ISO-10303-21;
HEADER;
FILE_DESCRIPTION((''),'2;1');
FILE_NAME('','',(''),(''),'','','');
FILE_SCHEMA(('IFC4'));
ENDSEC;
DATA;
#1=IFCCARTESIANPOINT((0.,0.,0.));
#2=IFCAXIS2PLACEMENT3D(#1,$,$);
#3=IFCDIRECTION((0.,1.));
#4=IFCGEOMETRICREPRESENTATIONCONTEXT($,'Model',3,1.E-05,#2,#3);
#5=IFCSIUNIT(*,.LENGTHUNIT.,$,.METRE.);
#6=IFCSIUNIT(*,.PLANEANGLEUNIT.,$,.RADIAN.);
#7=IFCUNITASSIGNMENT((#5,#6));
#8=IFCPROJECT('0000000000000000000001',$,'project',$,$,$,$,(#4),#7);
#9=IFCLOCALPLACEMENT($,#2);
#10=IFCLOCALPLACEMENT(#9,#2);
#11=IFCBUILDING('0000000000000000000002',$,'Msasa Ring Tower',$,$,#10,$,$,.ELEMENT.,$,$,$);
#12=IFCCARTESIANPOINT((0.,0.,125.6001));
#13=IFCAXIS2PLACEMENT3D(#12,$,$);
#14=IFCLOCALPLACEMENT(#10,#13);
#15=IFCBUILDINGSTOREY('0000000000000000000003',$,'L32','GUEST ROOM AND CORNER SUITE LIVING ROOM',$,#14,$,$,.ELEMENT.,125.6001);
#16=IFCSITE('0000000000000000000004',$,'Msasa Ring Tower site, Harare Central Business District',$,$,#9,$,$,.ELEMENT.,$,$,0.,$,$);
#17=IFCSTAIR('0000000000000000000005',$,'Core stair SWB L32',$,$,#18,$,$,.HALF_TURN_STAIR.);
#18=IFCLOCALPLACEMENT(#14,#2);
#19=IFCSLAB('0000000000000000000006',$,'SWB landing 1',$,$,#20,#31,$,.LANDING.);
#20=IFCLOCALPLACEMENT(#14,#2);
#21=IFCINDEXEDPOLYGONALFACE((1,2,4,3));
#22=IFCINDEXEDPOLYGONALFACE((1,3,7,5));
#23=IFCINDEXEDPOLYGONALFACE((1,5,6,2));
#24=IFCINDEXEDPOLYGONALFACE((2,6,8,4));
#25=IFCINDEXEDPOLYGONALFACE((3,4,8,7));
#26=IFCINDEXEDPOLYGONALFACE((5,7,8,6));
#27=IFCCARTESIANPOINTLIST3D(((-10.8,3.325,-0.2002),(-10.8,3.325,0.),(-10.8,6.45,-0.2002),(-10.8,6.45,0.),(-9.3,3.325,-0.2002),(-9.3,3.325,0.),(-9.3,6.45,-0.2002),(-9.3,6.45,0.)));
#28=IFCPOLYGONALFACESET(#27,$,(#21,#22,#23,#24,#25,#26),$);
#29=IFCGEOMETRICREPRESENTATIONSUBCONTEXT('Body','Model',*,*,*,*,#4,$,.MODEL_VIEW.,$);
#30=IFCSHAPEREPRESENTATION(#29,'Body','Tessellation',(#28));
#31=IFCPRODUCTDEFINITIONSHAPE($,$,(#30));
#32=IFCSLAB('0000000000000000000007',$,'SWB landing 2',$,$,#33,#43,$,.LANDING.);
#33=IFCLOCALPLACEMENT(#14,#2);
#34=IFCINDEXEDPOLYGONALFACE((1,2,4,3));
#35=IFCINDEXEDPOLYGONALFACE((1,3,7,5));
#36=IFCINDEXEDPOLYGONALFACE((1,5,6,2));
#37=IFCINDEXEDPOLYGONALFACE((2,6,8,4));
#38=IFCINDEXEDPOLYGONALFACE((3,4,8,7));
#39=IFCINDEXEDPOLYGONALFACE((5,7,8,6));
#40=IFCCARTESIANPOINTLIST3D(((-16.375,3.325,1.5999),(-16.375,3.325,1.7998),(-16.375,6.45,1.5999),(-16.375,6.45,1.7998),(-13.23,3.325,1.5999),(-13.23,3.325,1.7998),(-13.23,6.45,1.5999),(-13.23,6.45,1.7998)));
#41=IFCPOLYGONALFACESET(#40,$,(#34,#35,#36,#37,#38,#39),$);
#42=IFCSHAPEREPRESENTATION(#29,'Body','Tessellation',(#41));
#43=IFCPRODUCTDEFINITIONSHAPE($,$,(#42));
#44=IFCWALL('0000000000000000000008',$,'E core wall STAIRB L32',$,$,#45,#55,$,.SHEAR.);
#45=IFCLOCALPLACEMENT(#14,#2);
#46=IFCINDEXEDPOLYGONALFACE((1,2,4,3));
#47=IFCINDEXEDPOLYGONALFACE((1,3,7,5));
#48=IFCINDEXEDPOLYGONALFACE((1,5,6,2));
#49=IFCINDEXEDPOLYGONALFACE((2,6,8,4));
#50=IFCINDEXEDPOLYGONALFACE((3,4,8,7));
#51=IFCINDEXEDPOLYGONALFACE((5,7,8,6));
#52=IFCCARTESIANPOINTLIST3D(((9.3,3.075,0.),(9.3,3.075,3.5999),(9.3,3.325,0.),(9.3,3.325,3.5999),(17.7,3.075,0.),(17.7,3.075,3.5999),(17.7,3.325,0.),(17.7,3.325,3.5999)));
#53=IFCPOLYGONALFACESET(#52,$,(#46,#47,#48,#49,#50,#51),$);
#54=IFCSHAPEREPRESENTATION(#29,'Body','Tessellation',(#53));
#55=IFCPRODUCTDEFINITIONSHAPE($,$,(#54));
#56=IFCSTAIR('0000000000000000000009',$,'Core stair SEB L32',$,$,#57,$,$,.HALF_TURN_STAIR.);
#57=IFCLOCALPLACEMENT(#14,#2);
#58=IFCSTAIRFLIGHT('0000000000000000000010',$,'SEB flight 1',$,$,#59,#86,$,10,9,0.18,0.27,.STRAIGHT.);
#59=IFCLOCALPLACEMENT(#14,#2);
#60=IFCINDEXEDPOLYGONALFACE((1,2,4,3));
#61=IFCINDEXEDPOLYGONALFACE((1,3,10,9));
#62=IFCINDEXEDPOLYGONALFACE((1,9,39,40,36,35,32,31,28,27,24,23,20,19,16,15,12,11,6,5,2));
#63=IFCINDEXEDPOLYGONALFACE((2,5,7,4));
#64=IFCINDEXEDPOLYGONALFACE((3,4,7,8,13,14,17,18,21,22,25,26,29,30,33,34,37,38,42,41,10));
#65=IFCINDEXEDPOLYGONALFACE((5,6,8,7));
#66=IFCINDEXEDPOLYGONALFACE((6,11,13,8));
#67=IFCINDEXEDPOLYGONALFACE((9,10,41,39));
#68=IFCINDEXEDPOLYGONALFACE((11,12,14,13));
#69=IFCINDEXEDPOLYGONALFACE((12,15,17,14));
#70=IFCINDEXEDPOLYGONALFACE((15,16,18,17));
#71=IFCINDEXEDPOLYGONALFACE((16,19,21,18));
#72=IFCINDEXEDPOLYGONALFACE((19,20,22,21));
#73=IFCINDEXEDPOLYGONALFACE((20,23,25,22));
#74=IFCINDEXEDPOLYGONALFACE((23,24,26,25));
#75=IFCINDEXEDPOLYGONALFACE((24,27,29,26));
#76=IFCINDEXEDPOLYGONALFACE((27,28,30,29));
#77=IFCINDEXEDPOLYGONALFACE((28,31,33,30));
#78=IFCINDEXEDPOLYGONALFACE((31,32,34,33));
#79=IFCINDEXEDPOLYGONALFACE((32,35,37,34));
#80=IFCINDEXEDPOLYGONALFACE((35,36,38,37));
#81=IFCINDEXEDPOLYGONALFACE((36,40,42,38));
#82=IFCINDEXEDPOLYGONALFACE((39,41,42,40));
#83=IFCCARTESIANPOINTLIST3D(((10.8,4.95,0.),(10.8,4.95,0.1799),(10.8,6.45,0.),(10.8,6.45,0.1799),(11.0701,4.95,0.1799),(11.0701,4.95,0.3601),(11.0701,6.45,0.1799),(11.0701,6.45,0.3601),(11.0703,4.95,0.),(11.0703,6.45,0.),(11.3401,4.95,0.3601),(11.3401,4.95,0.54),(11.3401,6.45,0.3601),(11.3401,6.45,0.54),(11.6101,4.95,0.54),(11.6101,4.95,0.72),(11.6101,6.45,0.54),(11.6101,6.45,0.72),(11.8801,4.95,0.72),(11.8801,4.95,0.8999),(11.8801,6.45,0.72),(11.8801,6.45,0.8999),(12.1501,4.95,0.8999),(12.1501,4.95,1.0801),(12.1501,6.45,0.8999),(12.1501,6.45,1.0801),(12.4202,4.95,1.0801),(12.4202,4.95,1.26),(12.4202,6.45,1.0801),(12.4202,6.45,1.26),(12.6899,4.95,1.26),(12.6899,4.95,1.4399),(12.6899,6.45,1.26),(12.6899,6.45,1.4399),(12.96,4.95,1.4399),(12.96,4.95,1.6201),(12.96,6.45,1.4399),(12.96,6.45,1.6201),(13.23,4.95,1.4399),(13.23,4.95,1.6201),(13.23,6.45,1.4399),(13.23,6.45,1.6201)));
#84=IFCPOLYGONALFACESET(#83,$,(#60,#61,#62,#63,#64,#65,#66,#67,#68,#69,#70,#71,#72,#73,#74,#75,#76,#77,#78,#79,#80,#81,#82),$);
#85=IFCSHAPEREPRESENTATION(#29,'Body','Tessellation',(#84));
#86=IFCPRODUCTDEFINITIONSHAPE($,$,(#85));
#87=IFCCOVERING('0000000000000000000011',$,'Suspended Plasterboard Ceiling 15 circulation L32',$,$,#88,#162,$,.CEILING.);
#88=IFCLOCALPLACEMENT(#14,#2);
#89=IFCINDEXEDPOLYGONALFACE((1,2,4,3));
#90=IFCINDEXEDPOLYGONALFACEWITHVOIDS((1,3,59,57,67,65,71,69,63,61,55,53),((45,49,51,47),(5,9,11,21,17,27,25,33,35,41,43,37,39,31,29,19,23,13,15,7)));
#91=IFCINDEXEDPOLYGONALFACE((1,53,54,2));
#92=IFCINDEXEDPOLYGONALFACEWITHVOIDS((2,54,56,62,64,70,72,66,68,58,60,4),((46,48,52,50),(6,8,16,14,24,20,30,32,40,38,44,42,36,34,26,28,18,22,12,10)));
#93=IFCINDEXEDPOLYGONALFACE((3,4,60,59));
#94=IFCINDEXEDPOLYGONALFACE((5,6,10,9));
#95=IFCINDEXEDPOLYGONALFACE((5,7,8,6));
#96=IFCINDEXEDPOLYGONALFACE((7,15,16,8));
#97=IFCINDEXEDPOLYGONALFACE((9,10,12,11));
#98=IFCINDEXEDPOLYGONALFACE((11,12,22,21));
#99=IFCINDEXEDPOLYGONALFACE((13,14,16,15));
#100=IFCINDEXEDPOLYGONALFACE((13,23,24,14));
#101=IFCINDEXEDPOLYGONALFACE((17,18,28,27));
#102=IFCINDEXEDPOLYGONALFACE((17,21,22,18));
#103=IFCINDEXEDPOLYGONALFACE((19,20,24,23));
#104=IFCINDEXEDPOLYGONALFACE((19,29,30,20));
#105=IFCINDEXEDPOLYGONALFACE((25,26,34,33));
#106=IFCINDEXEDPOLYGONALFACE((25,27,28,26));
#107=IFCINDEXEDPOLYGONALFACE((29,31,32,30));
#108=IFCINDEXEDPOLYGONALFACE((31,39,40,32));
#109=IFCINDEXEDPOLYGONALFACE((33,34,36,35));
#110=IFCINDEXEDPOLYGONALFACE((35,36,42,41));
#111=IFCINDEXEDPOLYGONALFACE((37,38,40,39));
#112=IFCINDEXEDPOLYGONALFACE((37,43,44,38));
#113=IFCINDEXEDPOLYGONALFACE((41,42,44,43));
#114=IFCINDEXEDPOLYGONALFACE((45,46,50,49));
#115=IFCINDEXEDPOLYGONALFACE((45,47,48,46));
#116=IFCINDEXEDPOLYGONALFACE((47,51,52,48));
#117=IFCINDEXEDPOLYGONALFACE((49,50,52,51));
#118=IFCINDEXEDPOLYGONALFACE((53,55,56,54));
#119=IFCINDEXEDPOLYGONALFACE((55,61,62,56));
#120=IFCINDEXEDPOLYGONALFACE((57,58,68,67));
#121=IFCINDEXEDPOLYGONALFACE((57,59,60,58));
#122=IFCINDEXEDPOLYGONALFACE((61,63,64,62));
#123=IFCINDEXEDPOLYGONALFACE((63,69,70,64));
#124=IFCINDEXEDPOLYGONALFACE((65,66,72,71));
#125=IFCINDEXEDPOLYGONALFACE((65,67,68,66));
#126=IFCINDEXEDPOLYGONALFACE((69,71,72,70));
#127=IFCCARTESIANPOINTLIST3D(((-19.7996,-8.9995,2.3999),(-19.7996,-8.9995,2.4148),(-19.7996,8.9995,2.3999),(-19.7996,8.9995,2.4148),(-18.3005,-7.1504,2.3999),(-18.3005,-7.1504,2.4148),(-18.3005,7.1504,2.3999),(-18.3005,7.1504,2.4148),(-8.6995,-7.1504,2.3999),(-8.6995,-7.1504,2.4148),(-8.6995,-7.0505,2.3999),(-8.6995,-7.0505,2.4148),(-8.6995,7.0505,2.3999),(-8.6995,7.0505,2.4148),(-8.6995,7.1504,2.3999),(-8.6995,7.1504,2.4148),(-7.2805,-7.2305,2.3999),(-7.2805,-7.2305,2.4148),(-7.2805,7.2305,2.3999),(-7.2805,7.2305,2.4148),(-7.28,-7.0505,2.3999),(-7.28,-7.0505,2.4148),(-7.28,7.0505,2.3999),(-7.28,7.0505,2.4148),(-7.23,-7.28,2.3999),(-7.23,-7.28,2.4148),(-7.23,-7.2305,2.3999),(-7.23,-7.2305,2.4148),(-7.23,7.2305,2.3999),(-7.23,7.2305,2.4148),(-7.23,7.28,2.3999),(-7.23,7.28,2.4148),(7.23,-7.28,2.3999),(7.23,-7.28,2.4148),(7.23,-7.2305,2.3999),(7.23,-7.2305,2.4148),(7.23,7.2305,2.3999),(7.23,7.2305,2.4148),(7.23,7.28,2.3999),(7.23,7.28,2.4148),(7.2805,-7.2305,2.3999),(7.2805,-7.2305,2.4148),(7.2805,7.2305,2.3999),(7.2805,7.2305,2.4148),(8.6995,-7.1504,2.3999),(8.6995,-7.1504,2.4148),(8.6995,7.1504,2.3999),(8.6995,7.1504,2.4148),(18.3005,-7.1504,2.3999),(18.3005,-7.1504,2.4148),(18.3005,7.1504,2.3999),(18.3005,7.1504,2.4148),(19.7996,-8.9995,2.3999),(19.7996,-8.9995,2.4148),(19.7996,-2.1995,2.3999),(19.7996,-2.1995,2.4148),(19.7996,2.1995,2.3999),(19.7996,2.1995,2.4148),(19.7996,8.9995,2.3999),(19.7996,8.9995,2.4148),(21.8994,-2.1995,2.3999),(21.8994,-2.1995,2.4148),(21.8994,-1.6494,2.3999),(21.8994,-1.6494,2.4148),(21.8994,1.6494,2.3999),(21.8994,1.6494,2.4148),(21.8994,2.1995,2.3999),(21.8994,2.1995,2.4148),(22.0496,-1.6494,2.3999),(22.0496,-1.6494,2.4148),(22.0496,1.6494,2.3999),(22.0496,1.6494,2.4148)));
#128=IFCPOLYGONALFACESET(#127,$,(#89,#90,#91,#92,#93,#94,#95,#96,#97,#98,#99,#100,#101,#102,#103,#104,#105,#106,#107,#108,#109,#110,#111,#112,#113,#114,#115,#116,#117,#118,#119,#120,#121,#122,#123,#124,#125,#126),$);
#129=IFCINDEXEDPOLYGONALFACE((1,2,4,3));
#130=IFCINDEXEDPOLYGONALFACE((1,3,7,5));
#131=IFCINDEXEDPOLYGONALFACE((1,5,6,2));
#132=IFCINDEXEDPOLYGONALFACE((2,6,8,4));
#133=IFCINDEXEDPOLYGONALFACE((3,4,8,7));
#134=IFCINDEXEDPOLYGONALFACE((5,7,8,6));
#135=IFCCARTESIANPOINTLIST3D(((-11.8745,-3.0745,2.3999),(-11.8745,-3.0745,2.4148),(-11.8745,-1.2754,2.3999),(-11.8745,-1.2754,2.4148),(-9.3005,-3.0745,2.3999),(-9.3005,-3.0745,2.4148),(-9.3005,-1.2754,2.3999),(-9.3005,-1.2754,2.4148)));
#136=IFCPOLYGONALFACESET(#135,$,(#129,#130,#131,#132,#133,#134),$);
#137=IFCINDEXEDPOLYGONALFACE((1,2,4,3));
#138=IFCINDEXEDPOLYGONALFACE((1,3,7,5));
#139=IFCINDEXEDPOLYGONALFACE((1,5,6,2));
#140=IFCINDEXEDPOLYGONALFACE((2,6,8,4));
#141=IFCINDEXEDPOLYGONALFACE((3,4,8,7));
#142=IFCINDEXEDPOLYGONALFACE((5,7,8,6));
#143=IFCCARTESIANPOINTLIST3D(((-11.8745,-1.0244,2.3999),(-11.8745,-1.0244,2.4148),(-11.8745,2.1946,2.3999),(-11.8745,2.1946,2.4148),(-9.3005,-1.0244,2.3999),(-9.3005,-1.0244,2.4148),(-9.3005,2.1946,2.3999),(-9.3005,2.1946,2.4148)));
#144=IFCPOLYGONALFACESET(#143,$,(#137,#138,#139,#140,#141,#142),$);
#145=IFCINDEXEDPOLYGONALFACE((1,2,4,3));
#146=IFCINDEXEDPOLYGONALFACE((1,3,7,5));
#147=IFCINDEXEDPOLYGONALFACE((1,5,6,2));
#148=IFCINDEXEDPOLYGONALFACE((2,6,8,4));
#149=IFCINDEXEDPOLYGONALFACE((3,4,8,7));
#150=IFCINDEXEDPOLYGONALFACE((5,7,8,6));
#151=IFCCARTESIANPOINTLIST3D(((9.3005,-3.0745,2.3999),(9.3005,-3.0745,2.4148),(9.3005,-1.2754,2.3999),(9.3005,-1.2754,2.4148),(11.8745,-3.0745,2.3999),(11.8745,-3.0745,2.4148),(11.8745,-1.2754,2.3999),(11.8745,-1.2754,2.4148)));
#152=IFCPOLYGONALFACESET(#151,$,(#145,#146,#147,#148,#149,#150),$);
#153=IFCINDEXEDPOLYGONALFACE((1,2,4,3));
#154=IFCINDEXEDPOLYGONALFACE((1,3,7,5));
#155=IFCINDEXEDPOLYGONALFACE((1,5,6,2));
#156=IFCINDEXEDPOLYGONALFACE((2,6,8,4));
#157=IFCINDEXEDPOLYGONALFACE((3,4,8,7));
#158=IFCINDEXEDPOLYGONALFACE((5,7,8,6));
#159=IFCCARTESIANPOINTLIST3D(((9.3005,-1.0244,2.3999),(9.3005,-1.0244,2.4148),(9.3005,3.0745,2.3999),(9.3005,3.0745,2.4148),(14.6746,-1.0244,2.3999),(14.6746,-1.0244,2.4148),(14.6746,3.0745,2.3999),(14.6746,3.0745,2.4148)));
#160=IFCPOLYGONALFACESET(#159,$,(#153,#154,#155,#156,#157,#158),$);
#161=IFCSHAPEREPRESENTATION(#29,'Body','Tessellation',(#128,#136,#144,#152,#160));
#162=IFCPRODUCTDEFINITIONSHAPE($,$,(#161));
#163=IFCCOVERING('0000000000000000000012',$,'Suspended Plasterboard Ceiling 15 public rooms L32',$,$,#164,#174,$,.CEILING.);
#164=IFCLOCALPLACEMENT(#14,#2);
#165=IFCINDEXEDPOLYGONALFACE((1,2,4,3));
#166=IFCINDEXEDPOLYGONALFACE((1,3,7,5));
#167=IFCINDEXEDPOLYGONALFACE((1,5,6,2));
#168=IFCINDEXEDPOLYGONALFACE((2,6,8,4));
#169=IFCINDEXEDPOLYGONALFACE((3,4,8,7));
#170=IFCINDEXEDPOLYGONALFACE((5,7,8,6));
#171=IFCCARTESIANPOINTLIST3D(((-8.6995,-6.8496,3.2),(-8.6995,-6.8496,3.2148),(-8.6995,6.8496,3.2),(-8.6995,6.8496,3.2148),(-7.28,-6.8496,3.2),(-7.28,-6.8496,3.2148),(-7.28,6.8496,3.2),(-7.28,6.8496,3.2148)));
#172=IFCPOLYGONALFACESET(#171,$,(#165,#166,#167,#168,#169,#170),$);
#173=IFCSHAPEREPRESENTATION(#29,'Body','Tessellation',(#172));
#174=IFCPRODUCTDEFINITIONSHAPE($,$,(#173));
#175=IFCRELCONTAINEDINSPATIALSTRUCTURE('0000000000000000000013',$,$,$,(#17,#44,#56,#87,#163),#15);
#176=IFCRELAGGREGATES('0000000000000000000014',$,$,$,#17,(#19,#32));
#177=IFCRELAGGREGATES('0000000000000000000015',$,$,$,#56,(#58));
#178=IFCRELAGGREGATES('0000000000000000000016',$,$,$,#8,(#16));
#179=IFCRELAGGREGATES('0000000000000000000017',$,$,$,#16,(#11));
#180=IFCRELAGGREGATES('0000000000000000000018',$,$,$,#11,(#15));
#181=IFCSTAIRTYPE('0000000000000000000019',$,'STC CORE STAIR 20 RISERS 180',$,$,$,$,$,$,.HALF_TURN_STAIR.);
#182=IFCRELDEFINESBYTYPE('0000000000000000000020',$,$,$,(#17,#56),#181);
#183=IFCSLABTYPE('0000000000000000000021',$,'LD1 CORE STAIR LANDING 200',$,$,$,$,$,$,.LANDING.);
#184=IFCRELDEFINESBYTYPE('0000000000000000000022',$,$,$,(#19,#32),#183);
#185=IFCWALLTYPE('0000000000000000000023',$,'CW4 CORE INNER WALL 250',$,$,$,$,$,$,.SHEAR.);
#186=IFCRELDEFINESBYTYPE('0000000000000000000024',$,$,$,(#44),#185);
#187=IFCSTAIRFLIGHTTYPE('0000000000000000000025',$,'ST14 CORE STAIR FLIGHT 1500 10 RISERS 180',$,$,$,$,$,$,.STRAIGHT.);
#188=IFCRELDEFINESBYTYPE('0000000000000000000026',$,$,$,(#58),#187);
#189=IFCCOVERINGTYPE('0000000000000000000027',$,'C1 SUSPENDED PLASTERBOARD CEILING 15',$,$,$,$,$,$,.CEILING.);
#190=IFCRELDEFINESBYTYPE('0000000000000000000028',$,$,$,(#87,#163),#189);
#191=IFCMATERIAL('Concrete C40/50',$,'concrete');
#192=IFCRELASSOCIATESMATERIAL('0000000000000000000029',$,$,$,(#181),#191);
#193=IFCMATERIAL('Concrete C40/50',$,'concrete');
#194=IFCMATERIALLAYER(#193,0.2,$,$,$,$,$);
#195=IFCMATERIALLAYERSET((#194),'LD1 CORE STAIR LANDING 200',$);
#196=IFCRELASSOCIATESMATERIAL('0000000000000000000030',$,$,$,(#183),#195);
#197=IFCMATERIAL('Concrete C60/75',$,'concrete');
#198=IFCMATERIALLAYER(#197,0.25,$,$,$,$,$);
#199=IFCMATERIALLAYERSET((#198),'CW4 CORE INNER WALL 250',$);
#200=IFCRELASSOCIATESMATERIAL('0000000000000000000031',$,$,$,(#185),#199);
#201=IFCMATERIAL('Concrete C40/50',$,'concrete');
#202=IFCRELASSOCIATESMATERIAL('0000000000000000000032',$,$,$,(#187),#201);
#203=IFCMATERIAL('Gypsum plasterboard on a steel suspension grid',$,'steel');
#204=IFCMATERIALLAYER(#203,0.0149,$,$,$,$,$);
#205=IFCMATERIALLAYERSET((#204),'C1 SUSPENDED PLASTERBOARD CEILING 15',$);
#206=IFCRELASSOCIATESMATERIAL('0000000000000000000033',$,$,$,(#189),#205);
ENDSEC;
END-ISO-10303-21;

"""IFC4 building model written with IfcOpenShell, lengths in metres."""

from ifc_helpers import new_model, si_unit, direction, frame, frame_2d, origin, place, context, subcontext, project, spatial, polyline, line, indexed_curve, rectangle, outline, extrude, material, layer, layer_set, type_object, element, aggregate, save


model = new_model("IFC4")

# Units and contexts
model_context = context("Model", 3, precision=1e-05, world=origin(), true_north=direction((0.0, 1.0)))
body_context = subcontext(model_context, "Body", "Model", "MODEL_VIEW")
ifc_project = project(units=[si_unit("LENGTHUNIT", "METRE"), si_unit("PLANEANGLEUNIT", "RADIAN")], contexts=[model_context])

# Site, building, storey
site_placement = place(None, origin())
site = spatial("IfcSite", under=ifc_project, at=site_placement, Name="Msasa Ring Tower site, Harare Central Business District", CompositionType="ELEMENT", RefElevation=0.0)
building_placement = place(site_placement, origin())
building = spatial("IfcBuilding", under=site, at=building_placement, Name="Msasa Ring Tower", CompositionType="ELEMENT")
storey_placement = place(building_placement, frame((0.0, 0.0, 125.6001)))
storey = spatial("IfcBuildingStorey", under=building, at=storey_placement, Name="L32", Description="GUEST ROOM AND CORNER SUITE LIVING ROOM", CompositionType="ELEMENT", Elevation=125.6001)

# Stair, slabs
ifc_material_1 = material(Name="Concrete C40/50", Category="concrete")
stair_type = type_object("IfcStairType", Name="STC CORE STAIR 20 RISERS 180", PredefinedType="HALF_TURN_STAIR", material=ifc_material_1)
ifc_material_2 = material(Name="Concrete C40/50", Category="concrete")
ifc_layer_1 = layer(ifc_material_2, 0.2)
ifc_layer_set_1 = layer_set([ifc_layer_1], Name="LD1 CORE STAIR LANDING 200")
slab_type = type_object("IfcSlabType", Name="LD1 CORE STAIR LANDING 200", PredefinedType="LANDING", material=ifc_layer_set_1)
stair_1_placement = place(storey_placement, origin())
stair_1 = element("IfcStair", 1, at=stair_1_placement, inside=storey, type_object=stair_type, Name="Core stair SWB L32", PredefinedType="HALF_TURN_STAIR")
slab_1_placement = place(storey_placement, frame((0.0, 0.0, -0.2002)))
slab_1 = element("IfcSlab", 2, at=slab_1_placement, type_object=slab_type, Name="SWB landing 1", PredefinedType="LANDING", context=body_context, shape_type="SweptSolid", body=[
    extrude(outline(polyline([(-10.8, 3.325), (-9.3, 3.325), (-9.3, 6.45), (-10.8, 6.45), (-10.8, 3.325)])), origin(), (0.0, 0.0, 1.0), 0.2002),
])
slab_2_placement = place(storey_placement, frame((0.0, 0.0, 1.5999)))
slab_2 = element("IfcSlab", 3, at=slab_2_placement, type_object=slab_type, Name="SWB landing 2", PredefinedType="LANDING", context=body_context, shape_type="SweptSolid", body=[
    extrude(outline(polyline([(-16.375, 3.325), (-13.23, 3.325), (-13.23, 6.45), (-16.375, 6.45), (-16.375, 3.325)])), origin(), (0.0, 0.0, 1.0), 0.2),
])
aggregate(stair_1, [slab_1, slab_2])

# Wall
ifc_material_3 = material(Name="Concrete C60/75", Category="concrete")
ifc_layer_2 = layer(ifc_material_3, 0.25)
ifc_layer_set_2 = layer_set([ifc_layer_2], Name="CW4 CORE INNER WALL 250")
wall_type = type_object("IfcWallType", Name="CW4 CORE INNER WALL 250", PredefinedType="SHEAR", material=ifc_layer_set_2)
wall_placement = place(storey_placement, frame((9.3, 3.2, 0.0), z_axis=(0.0, 0.0, 1.0), x_axis=(1.0, 0.0, 0.0)))
element("IfcWall", 4, at=wall_placement, inside=storey, type_object=wall_type, Name="E core wall STAIRB L32", PredefinedType="SHEAR", context=body_context, shape_type="SweptSolid", body=[
    extrude(rectangle(XDim=8.3999, YDim=0.25, at=frame_2d((4.2, 0.0))), origin(), (0.0, 0.0, 1.0), 3.5999),
])

# Stair, stair flight
stair_2_placement = place(storey_placement, origin())
stair_2 = element("IfcStair", 5, at=stair_2_placement, inside=storey, type_object=stair_type, Name="Core stair SEB L32", PredefinedType="HALF_TURN_STAIR")
ifc_material_4 = material(Name="Concrete C40/50", Category="concrete")
stair_flight_type = type_object("IfcStairFlightType", Name="ST14 CORE STAIR FLIGHT 1500 10 RISERS 180", PredefinedType="STRAIGHT", material=ifc_material_4)
stair_flight_placement = place(storey_placement, frame((10.8, 5.7, 0.0), z_axis=(0.0, 0.0, 1.0), x_axis=(1.0, 0.0, 0.0)))
stair_flight = element("IfcStairFlight", 6, at=stair_flight_placement, type_object=stair_flight_type, Name="SEB flight 1", NumberOfRisers=10, NumberOfTreads=9, PredefinedType="STRAIGHT", RiserHeight=0.18, TreadLength=0.27, context=body_context, shape_type="SweptSolid", body=[
    extrude(outline(polyline([(0.0, 0.0), (0.0, 0.1799), (0.27, 0.1799), (0.27, 0.3601), (0.54, 0.3601), (0.54, 0.54), (0.8101, 0.54), (0.8101, 0.72), (1.0801, 0.72), (1.0801, 0.8999), (1.3501, 0.8999), (1.3501, 1.0801), (1.6201, 1.0801), (1.6201, 1.26), (1.8899, 1.26), (1.8899, 1.4399), (2.1599, 1.4399), (2.1599, 1.6201), (2.4299, 1.6201), (2.4299, 1.8), (2.4299, 1.4399), (0.2703, 0.0), (0.0, 0.0)])), frame((0.0, 0.75, 0.0), z_axis=(0.0, -1.0, 0.0), x_axis=(1.0, 0.0, 0.0)), (0.0, 0.0, 1.0), 1.5),
])
aggregate(stair_2, [stair_flight])

# Coverings
ifc_material_5 = material(Name="Gypsum plasterboard on a steel suspension grid", Category="steel")
ifc_layer_3 = layer(ifc_material_5, 0.0149)
ifc_layer_set_3 = layer_set([ifc_layer_3], Name="C1 SUSPENDED PLASTERBOARD CEILING 15")
covering_type_1 = type_object("IfcCoveringType", Name="C1 SUSPENDED PLASTERBOARD CEILING 15", PredefinedType="CEILING", material=ifc_layer_set_3)
covering_1_placement = place(storey_placement, frame((0.0, 0.0, 2.3999)))
element("IfcCovering", 7, at=covering_1_placement, inside=storey, type_object=covering_type_1, Name="Suspended Plasterboard Ceiling 15 circulation L32", PredefinedType="CEILING", context=body_context, shape_type="SweptSolid", body=[
    extrude(outline(indexed_curve([(19.7996, 2.1995), (21.8994, 2.1995), (21.8994, 1.6494), (22.0496, 1.6494), (22.0496, -1.6494), (21.8994, -1.6494), (21.8994, -2.1995), (19.7996, -2.1995), (19.7996, -8.9995), (-19.7996, -8.9995), (-19.7996, 8.9995), (19.7996, 8.9995)], segments=[line(1, 2, 3, 4, 5, 6, 7, 8, 9, 10, 11, 12, 1)], self_intersect=False), holes=[indexed_curve([(18.3005, -7.1504), (18.3005, 7.1504), (8.6995, 7.1504), (8.6995, -7.1504)], segments=[line(1, 2, 3, 4, 1)], self_intersect=False), indexed_curve([(-8.6995, 7.1504), (-18.3005, 7.1504), (-18.3005, -7.1504), (-8.6995, -7.1504), (-8.6995, -7.0505), (-7.28, -7.0505), (-7.2805, -7.2305), (-7.23, -7.2305), (-7.23, -7.28), (7.23, -7.28), (7.23, -7.2305), (7.2805, -7.2305), (7.2805, 7.2305), (7.23, 7.2305), (7.23, 7.28), (-7.23, 7.28), (-7.23, 7.2305), (-7.2805, 7.2305), (-7.28, 7.0505), (-8.6995, 7.0505)], segments=[line(1, 2, 3, 4, 5, 6, 7, 8, 9, 10, 11, 12, 13, 14, 15, 16, 17, 18, 19, 20, 1)], self_intersect=False)]), origin(), (0.0, 0.0, 1.0), 0.0149),
    extrude(outline(indexed_curve([(-9.3005, -3.0745), (-11.8745, -3.0745), (-11.8745, -1.2754), (-9.3005, -1.2754)], segments=[line(1, 2, 3, 4, 1)], self_intersect=False)), origin(), (0.0, 0.0, 1.0), 0.0149),
    extrude(outline(indexed_curve([(-11.8745, -1.0244), (-11.8745, 2.1946), (-9.3005, 2.1946), (-9.3005, -1.0244)], segments=[line(1, 2, 3, 4, 1)], self_intersect=False)), origin(), (0.0, 0.0, 1.0), 0.0149),
    extrude(outline(indexed_curve([(11.8745, -3.0745), (9.3005, -3.0745), (9.3005, -1.2754), (11.8745, -1.2754)], segments=[line(1, 2, 3, 4, 1)], self_intersect=False)), origin(), (0.0, 0.0, 1.0), 0.0149),
    extrude(outline(indexed_curve([(9.3005, -1.0244), (9.3005, 3.0745), (14.6746, 3.0745), (14.6746, -1.0244)], segments=[line(1, 2, 3, 4, 1)], self_intersect=False)), origin(), (0.0, 0.0, 1.0), 0.0149),
])
covering_2_placement = place(storey_placement, frame((0.0, 0.0, 3.2)))
element("IfcCovering", 8, at=covering_2_placement, inside=storey, type_object=covering_type_1, Name="Suspended Plasterboard Ceiling 15 public rooms L32", PredefinedType="CEILING", context=body_context, shape_type="SweptSolid", body=[
    extrude(outline(indexed_curve([(-8.6995, 6.8496), (-7.28, 6.8496), (-7.28, -6.8496), (-8.6995, -6.8496)], segments=[line(1, 2, 3, 4, 1)], self_intersect=False)), origin(), (0.0, 0.0, 1.0), 0.0149),
])

save(model, "model.ifc")
